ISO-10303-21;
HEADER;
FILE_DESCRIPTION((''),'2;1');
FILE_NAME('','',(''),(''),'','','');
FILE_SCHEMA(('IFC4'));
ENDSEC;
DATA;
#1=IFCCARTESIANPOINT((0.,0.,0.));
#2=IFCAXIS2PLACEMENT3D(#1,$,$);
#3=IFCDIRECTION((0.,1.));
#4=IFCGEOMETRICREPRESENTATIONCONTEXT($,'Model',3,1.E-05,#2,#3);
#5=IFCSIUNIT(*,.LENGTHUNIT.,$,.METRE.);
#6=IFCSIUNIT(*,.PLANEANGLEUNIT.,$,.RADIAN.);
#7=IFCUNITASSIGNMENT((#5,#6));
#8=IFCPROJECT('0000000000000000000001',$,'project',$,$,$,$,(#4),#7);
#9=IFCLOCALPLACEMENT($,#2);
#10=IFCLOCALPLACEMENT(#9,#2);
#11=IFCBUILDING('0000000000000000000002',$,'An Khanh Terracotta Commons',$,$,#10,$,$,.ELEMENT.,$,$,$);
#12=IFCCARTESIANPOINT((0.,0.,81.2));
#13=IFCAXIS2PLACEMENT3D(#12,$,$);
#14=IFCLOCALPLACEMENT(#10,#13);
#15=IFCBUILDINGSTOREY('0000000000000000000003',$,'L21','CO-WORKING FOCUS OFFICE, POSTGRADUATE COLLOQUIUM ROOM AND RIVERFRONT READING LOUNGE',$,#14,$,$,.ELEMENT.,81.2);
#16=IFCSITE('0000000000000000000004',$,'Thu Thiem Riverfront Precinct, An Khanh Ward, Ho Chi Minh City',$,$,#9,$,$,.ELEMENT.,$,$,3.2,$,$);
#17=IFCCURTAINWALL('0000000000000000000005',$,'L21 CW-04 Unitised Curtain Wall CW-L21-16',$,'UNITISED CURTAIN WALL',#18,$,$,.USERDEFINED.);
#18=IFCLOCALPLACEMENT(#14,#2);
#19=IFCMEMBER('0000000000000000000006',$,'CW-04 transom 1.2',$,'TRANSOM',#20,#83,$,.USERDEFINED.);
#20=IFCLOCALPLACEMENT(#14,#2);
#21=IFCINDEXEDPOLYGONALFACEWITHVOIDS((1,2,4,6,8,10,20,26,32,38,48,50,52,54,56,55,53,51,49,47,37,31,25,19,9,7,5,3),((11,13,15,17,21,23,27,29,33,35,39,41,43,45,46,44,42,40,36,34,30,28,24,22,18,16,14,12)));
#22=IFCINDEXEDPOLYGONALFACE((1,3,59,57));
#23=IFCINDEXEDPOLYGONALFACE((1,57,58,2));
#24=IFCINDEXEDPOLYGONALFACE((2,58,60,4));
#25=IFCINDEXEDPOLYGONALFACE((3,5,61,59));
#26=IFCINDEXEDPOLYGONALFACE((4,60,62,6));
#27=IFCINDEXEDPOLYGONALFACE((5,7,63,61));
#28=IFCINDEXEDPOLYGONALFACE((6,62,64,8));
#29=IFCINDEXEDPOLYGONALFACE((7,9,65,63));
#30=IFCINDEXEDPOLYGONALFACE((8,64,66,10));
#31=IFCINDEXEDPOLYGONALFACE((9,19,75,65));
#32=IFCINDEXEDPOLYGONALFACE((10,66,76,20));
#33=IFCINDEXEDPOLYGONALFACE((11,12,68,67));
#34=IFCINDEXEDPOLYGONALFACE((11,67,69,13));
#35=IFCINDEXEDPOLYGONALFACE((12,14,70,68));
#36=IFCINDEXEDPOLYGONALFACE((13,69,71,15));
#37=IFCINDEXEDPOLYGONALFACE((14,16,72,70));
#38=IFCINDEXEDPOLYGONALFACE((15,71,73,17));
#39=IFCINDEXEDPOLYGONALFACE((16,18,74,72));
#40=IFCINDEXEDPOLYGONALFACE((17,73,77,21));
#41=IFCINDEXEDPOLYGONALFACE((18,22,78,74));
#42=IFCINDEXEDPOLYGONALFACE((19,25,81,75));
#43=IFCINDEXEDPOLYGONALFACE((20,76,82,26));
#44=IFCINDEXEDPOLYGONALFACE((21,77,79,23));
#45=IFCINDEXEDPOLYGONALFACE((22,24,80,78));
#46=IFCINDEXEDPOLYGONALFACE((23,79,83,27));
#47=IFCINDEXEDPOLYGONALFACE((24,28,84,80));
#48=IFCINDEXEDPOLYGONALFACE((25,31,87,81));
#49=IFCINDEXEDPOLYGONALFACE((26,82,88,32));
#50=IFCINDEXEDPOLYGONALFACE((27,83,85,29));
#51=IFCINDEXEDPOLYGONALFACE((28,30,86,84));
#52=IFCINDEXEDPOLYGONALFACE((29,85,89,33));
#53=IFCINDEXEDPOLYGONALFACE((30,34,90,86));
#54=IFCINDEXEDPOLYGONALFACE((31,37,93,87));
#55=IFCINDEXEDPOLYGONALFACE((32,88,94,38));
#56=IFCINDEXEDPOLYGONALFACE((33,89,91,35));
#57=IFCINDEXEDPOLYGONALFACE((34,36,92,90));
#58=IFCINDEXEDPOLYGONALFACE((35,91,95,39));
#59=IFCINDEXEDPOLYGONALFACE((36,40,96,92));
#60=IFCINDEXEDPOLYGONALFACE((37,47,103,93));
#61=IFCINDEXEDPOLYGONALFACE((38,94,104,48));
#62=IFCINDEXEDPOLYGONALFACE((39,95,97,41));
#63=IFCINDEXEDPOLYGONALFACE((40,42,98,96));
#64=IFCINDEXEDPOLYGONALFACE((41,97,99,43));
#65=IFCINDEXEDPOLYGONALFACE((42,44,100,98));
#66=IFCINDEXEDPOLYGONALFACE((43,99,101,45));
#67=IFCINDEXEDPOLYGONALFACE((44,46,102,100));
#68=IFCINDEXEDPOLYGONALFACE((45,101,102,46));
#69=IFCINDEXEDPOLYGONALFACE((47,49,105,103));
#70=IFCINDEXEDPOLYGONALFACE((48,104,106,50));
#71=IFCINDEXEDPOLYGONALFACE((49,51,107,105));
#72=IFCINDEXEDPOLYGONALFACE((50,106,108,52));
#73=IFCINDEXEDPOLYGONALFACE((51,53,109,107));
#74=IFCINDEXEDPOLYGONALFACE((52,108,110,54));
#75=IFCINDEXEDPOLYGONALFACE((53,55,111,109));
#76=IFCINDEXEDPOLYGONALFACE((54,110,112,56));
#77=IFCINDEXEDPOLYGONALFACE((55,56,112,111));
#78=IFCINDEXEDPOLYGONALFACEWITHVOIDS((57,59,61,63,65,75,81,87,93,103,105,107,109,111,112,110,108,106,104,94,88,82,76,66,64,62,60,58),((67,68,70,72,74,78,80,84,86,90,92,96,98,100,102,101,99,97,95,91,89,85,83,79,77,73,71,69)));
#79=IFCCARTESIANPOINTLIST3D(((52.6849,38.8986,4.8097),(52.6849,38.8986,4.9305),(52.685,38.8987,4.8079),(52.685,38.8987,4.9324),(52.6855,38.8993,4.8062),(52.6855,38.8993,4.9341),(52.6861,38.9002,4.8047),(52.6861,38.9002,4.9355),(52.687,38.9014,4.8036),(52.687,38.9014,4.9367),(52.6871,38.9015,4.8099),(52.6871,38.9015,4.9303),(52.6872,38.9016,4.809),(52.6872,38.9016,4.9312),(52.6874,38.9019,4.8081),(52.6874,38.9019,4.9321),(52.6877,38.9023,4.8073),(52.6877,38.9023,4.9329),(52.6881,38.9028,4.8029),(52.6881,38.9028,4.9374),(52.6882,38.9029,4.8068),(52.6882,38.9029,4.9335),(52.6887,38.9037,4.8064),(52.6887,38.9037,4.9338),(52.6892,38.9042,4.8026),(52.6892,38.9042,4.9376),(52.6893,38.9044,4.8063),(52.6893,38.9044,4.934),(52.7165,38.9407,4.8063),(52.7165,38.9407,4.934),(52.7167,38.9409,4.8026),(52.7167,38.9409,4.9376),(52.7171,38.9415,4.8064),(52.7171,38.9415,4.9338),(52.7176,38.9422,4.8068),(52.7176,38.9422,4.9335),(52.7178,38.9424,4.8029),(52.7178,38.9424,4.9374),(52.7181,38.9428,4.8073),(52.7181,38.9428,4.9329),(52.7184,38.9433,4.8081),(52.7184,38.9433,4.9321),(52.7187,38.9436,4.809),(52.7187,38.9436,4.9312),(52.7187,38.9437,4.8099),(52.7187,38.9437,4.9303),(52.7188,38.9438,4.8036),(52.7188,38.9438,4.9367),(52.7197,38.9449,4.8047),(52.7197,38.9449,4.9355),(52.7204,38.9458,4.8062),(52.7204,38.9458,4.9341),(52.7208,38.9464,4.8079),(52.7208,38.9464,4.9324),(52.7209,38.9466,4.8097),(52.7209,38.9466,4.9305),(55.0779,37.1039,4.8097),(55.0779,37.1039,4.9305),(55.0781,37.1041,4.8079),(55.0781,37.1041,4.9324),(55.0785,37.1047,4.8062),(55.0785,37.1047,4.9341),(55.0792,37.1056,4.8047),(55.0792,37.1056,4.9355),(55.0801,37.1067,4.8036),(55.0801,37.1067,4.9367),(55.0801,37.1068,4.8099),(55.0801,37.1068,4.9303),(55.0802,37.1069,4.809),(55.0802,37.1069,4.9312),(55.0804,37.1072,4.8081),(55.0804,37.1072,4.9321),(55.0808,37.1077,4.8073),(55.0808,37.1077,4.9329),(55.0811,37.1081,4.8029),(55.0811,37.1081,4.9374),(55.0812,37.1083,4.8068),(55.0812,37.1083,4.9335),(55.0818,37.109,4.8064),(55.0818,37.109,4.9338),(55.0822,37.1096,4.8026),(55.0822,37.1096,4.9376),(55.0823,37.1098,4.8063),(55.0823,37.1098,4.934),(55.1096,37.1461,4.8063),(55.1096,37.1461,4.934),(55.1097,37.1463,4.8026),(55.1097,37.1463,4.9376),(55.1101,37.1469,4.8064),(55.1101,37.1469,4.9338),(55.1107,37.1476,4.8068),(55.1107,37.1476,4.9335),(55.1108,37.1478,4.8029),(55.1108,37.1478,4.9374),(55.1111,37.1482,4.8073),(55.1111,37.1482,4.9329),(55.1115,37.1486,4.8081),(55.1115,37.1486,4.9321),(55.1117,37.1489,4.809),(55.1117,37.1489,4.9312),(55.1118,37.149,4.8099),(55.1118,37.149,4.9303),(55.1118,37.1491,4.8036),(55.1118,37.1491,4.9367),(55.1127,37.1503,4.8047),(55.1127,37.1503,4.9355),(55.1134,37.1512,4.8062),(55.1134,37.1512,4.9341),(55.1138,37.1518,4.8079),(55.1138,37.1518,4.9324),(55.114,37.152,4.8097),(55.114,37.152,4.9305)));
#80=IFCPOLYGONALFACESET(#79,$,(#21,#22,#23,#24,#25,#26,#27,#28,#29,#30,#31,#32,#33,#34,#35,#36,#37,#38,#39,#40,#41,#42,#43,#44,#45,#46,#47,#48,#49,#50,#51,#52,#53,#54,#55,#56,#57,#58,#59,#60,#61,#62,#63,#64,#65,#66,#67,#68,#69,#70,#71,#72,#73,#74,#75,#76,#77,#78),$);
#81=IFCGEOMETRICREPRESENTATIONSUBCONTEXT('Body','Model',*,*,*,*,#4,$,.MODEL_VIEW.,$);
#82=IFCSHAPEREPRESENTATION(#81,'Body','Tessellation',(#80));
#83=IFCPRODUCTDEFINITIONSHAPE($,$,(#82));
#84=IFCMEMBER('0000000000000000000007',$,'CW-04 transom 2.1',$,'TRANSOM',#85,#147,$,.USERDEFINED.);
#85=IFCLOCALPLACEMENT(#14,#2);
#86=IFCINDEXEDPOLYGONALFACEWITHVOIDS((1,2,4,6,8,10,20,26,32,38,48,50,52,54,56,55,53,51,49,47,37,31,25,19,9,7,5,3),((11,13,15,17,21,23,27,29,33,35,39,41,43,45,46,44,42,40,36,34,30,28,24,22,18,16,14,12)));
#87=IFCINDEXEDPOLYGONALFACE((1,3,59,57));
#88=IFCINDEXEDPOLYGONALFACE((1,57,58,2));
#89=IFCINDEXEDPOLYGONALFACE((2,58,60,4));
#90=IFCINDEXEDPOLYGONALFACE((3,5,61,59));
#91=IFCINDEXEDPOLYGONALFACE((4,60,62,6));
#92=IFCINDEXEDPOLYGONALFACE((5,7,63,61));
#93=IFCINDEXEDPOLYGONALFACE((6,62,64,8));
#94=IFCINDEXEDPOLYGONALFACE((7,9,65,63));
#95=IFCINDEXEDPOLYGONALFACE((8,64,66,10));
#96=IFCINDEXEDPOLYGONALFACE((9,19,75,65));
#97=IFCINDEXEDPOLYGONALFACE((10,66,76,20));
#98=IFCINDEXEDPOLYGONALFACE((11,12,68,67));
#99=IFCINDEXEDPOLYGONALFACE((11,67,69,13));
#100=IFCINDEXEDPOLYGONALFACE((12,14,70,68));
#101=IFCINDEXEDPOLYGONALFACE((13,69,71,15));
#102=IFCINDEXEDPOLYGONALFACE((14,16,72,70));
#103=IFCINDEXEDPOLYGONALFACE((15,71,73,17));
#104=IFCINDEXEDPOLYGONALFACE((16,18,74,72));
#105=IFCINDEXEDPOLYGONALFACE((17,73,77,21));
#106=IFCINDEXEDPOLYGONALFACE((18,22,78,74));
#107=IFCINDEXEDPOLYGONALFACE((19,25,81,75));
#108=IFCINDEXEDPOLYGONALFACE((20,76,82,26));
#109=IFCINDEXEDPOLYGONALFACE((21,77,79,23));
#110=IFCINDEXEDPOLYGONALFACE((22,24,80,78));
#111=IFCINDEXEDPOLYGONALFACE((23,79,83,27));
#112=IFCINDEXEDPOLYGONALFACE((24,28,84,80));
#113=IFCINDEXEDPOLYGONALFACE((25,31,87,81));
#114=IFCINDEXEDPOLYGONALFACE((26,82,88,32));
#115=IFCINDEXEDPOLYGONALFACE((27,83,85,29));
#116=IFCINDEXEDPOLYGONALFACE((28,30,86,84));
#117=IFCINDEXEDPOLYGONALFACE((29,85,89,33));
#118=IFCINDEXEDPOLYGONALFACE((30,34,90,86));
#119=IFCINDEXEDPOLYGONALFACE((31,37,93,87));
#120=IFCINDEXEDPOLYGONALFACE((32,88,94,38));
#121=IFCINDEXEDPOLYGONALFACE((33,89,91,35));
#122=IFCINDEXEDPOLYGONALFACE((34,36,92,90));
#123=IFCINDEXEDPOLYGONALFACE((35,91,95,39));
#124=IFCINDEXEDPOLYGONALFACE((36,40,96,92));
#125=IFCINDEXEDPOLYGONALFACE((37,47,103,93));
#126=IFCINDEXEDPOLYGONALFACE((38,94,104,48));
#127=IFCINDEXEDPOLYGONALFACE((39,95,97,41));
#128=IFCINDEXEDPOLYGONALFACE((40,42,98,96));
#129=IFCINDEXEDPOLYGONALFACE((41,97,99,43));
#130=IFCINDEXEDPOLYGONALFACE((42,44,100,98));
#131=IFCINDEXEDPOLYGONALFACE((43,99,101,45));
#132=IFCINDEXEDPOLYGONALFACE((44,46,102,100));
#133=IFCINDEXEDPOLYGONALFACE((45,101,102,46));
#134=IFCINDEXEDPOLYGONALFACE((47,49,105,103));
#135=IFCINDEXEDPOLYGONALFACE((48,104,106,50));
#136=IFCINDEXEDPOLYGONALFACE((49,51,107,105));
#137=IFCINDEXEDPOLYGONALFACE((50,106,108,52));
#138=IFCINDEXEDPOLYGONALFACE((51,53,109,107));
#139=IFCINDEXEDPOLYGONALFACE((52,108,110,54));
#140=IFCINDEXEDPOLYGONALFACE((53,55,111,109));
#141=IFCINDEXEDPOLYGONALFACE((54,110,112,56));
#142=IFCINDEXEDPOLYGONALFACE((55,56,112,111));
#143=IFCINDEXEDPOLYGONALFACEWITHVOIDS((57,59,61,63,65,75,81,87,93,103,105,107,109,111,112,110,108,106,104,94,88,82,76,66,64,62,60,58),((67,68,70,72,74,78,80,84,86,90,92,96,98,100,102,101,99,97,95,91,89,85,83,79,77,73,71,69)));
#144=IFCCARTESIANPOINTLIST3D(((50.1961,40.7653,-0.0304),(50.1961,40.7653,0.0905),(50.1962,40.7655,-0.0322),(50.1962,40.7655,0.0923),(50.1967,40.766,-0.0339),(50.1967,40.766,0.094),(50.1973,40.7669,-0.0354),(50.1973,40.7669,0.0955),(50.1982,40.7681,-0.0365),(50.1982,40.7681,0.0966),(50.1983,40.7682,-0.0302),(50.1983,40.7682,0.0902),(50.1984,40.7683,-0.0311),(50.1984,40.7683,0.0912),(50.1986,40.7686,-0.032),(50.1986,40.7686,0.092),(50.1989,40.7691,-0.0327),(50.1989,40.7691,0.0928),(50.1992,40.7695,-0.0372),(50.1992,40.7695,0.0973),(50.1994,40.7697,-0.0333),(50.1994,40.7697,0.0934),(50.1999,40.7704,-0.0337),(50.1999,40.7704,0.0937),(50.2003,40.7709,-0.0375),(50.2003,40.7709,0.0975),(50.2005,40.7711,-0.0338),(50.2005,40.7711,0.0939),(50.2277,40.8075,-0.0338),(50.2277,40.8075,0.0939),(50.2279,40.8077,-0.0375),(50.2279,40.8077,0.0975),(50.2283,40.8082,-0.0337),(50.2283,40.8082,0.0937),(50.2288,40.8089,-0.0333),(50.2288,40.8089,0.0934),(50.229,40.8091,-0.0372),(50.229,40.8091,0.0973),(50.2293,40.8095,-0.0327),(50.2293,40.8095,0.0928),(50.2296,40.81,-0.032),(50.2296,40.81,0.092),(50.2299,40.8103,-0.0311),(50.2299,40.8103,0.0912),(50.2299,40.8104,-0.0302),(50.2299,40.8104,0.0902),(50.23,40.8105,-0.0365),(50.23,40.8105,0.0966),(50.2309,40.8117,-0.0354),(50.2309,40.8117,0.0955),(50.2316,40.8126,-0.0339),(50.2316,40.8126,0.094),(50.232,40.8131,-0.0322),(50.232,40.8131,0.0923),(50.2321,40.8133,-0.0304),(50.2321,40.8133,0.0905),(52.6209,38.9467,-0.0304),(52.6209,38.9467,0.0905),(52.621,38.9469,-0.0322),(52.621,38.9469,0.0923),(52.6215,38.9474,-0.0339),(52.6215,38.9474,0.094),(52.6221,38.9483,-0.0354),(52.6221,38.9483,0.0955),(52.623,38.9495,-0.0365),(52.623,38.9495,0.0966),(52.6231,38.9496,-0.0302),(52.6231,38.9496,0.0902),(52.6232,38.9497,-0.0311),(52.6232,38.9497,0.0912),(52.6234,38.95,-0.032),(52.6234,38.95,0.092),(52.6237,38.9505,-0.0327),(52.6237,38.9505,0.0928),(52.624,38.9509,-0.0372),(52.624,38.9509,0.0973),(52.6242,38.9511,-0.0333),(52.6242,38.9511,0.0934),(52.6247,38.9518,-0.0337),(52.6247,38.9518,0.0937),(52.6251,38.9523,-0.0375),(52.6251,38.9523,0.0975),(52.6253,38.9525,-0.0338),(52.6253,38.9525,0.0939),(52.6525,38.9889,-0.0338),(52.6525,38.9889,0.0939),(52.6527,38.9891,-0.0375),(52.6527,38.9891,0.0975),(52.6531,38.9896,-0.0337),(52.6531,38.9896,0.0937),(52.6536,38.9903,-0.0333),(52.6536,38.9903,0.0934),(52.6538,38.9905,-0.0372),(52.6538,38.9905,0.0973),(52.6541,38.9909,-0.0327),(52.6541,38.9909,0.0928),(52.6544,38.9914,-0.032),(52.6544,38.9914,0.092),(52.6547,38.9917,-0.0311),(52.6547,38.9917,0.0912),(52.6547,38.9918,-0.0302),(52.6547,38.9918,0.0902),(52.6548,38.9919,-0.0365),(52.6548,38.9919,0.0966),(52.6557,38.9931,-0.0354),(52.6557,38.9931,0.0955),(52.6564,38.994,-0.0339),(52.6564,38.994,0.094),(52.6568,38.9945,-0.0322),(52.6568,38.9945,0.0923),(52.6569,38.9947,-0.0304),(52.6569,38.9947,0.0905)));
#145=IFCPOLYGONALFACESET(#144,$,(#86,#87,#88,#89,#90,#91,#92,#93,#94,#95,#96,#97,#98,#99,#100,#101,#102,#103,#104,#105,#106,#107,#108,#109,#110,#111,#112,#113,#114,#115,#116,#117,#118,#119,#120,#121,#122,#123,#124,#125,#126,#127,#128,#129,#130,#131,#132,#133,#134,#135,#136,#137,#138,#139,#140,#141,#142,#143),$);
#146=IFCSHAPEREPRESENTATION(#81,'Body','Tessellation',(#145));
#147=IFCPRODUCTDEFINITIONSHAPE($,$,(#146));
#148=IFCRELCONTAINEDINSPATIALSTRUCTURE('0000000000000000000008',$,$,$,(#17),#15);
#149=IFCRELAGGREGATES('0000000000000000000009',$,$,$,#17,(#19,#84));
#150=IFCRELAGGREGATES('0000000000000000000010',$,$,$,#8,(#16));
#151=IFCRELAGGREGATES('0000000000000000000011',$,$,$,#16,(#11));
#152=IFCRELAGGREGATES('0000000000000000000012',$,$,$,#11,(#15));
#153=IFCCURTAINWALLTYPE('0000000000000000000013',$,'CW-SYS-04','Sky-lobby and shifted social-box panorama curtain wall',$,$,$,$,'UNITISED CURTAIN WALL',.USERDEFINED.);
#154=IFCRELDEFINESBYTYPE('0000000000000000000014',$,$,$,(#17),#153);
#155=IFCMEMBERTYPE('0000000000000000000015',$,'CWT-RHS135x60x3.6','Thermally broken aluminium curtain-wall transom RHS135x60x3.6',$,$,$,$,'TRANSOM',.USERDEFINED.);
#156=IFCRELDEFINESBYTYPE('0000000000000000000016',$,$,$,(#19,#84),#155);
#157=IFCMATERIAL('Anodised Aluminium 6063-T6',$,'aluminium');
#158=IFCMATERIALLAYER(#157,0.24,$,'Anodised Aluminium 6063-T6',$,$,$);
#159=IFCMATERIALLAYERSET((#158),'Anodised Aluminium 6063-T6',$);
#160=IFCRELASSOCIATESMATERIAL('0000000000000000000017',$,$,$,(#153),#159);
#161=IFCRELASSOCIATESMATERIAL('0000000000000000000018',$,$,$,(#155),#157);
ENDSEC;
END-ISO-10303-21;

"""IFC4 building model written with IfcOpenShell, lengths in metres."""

from ifc_helpers import new_model, si_unit, direction, frame, origin, origin_2d, place, context, subcontext, project, spatial, hollow_rectangle, extrude, material, layer, layer_set, material_profile, profile_set, type_object, element, aggregate, save


model = new_model("IFC4")

# Units and contexts
model_context = context("Model", 3, precision=1e-05, world=origin(), true_north=direction((0.0, 1.0)))
body_context = subcontext(model_context, "Body", "Model", "MODEL_VIEW")
ifc_project = project(units=[si_unit("LENGTHUNIT", "METRE"), si_unit("PLANEANGLEUNIT", "RADIAN")], contexts=[model_context])

# Site, building, storey
site_placement = place(None, origin())
site = spatial("IfcSite", under=ifc_project, at=site_placement, Name="Thu Thiem Riverfront Precinct, An Khanh Ward, Ho Chi Minh City", CompositionType="ELEMENT", RefElevation=3.2)
building_placement = place(site_placement, origin())
building = spatial("IfcBuilding", under=site, at=building_placement, Name="An Khanh Terracotta Commons", CompositionType="ELEMENT")
storey_placement = place(building_placement, frame((0.0, 0.0, 81.2)))
storey = spatial("IfcBuildingStorey", under=building, at=storey_placement, Name="L21", Description="CO-WORKING FOCUS OFFICE, POSTGRADUATE COLLOQUIUM ROOM AND RIVERFRONT READING LOUNGE", CompositionType="ELEMENT", Elevation=81.2)

# Curtain wall
ifc_material_1 = material(Name="Anodised Aluminium 6063-T6", Category="aluminium")
ifc_layer_1 = layer(ifc_material_1, 0.24, Name="Anodised Aluminium 6063-T6")
ifc_layer_set_1 = layer_set([ifc_layer_1], Name="Anodised Aluminium 6063-T6")
curtain_wall_type = type_object("IfcCurtainWallType", Name="CW-SYS-04", Description="Sky-lobby and shifted social-box panorama curtain wall", ElementType="UNITISED CURTAIN WALL", PredefinedType="USERDEFINED", material=ifc_layer_set_1)
curtain_wall_1_placement = place(storey_placement, origin())
curtain_wall_1 = element("IfcCurtainWall", 1, at=curtain_wall_1_placement, inside=storey, type_object=curtain_wall_type, Name="L21 CW-04 Unitised Curtain Wall CW-L21-16", ObjectType="UNITISED CURTAIN WALL", PredefinedType="USERDEFINED")

# Members
ifc_material_profile_1 = material_profile(ifc_material_1, hollow_rectangle(XDim=0.0601, YDim=0.135, WallThickness=0.0037, InnerFilletRadius=0.0037, OuterFilletRadius=0.0071, at=origin_2d()), Name="RHS135x60x3.6")
ifc_profile_set_1 = profile_set([ifc_material_profile_1], Name="Anodised Aluminium 6063-T6")
member_type_1 = type_object("IfcMemberType", Name="CWT-RHS135x60x3.6", Description="Thermally broken aluminium curtain-wall transom RHS135x60x3.6", ElementType="TRANSOM", PredefinedType="USERDEFINED", material=ifc_profile_set_1)
member_1_placement = place(storey_placement, frame((55.0959, 37.1279, 4.8701), z_axis=(-0.80002, 0.599974, 0.0), x_axis=(-0.599974, -0.80002, 0.0)))
member_1 = element("IfcMember", 2, at=member_1_placement, type_object=member_type_1, Name="CW-04 transom 1.2", ObjectType="TRANSOM", PredefinedType="USERDEFINED", context=body_context, shape_type="SweptSolid", body=[
    extrude(hollow_rectangle(XDim=0.0601, YDim=0.135, WallThickness=0.0037, InnerFilletRadius=0.0037, OuterFilletRadius=0.0071, at=origin_2d()), origin(), (0.0, 0.0, 1.0), 2.9912),
])
member_2_placement = place(storey_placement, frame((52.6389, 38.9707, 0.03), z_axis=(-0.8, 0.6, 0.0), x_axis=(-0.6, -0.8, 0.0)))
member_2 = element("IfcMember", 3, at=member_2_placement, type_object=member_type_1, Name="CW-04 transom 2.1", ObjectType="TRANSOM", PredefinedType="USERDEFINED", context=body_context, shape_type="SweptSolid", body=[
    extrude(hollow_rectangle(XDim=0.0601, YDim=0.135, WallThickness=0.0037, InnerFilletRadius=0.0037, OuterFilletRadius=0.0071, at=origin_2d()), origin(), (0.0, 0.0, 1.0), 3.031),
])

aggregate(curtain_wall_1, [member_1, member_2])

save(model, "model.ifc")
